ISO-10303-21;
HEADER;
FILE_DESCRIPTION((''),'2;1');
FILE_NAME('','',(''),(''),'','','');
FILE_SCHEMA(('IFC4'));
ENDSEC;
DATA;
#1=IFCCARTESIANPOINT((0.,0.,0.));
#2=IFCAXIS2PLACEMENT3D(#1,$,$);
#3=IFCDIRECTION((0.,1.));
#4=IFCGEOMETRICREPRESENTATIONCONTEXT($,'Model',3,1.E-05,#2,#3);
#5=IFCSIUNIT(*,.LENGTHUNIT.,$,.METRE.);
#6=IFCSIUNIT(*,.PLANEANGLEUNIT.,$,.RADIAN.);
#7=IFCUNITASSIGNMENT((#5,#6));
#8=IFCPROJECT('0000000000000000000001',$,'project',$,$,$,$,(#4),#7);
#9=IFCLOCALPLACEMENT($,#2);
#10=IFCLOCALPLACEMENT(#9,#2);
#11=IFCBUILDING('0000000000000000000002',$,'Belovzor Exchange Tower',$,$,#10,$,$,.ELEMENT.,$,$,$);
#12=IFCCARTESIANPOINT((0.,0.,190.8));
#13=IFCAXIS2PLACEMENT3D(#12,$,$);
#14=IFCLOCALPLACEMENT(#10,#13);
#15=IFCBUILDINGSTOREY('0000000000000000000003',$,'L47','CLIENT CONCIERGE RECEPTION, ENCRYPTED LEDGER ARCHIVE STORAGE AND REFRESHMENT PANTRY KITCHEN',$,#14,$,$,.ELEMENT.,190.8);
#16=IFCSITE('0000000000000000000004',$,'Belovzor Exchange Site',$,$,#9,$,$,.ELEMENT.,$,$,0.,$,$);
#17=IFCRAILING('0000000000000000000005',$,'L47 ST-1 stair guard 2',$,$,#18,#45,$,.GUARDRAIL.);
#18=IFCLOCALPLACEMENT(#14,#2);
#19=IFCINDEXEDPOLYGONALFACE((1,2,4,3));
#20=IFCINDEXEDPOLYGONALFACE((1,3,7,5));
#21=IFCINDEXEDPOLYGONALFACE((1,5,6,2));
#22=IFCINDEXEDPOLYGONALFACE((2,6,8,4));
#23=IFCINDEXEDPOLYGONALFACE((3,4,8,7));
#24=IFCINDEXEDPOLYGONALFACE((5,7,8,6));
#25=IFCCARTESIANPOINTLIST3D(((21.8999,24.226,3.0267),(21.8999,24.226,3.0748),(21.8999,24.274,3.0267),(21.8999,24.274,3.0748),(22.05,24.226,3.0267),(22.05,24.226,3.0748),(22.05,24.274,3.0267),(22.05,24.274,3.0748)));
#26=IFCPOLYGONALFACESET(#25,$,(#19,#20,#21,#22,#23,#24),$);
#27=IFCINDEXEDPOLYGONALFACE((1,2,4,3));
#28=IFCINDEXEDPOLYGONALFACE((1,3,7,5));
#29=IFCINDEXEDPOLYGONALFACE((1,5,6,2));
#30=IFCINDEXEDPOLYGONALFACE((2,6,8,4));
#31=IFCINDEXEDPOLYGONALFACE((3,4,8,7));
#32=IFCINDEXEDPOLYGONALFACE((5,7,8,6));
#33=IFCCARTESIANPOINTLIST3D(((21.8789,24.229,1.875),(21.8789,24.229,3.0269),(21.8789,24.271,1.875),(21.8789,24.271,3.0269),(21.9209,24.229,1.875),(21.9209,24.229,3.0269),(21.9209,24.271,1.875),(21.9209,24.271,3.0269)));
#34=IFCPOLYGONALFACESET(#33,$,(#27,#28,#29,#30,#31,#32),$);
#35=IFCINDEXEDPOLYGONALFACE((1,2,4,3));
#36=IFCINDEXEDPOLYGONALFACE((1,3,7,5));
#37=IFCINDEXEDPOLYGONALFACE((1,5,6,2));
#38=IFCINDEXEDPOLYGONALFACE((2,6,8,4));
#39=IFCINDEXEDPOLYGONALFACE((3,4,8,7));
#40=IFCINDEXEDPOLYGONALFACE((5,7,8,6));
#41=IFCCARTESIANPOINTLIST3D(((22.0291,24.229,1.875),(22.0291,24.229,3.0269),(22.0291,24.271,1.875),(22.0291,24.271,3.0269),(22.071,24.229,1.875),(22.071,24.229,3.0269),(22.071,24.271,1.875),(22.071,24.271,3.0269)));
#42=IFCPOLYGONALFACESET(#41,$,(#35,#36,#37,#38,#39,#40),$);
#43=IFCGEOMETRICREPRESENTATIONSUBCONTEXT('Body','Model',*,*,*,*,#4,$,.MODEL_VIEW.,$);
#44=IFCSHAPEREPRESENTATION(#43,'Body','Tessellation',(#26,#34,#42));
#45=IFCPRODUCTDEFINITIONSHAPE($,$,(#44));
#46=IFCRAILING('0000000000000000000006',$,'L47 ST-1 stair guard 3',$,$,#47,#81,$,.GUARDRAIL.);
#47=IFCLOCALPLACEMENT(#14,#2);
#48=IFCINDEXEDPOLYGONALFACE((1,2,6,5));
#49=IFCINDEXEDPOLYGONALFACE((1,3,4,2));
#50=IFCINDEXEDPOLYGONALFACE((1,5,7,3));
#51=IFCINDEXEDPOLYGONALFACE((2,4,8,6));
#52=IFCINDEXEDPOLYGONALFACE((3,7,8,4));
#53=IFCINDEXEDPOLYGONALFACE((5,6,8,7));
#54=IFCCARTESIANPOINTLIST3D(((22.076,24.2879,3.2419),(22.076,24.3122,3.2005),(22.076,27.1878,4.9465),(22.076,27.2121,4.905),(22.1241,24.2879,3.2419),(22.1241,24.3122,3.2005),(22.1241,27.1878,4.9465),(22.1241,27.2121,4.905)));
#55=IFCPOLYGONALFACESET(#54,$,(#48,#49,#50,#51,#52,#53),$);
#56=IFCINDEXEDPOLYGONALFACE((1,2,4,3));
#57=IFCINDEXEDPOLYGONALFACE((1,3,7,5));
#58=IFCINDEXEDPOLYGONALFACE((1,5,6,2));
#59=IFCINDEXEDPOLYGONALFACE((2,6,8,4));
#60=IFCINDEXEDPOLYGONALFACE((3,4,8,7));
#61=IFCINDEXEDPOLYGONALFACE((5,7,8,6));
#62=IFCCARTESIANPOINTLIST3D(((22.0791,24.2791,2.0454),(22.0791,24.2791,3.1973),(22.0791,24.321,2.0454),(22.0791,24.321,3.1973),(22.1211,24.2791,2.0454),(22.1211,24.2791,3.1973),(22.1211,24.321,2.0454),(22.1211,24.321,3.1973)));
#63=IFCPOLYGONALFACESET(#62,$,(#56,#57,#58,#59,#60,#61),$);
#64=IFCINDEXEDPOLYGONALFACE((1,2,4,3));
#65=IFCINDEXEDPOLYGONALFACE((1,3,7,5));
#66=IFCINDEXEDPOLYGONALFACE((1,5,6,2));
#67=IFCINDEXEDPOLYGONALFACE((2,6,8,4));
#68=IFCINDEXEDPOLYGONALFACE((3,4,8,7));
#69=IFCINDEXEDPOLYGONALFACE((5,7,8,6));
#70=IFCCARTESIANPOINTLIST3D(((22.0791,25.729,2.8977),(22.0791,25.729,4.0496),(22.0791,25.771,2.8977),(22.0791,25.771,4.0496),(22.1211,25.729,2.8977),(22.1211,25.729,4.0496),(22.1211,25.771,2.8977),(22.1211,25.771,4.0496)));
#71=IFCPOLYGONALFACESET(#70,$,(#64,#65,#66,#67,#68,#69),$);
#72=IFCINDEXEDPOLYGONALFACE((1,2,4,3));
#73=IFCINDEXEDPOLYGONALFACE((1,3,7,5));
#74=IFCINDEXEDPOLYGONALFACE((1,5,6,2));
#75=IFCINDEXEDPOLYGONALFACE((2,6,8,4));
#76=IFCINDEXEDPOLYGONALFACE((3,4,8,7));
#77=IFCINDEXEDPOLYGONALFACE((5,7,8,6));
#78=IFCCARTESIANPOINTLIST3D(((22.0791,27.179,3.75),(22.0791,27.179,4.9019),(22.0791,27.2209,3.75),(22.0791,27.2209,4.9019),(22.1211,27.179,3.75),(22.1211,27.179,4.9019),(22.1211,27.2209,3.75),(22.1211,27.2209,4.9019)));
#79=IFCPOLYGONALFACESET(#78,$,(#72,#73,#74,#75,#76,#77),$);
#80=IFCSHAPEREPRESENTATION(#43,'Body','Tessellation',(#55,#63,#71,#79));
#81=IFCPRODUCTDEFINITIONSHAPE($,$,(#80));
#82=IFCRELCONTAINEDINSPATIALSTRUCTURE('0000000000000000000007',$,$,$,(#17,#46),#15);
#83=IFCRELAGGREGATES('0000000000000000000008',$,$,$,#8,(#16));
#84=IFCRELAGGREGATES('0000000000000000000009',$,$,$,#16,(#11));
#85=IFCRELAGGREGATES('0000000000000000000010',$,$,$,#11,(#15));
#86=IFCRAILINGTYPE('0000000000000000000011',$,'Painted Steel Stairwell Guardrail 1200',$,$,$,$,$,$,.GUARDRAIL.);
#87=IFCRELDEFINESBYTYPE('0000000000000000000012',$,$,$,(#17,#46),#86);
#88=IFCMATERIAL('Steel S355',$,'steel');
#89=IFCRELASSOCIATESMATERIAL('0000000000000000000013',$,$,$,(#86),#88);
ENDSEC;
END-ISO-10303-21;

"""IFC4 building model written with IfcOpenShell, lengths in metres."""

from ifc_helpers import new_model, si_unit, direction, frame, origin, origin_2d, place, context, subcontext, project, spatial, rectangle, extrude, material, type_object, element, save


model = new_model("IFC4")

# Units and contexts
model_context = context("Model", 3, precision=1e-05, world=origin(), true_north=direction((0.0, 1.0)))
body_context = subcontext(model_context, "Body", "Model", "MODEL_VIEW")
ifc_project = project(units=[si_unit("LENGTHUNIT", "METRE"), si_unit("PLANEANGLEUNIT", "RADIAN")], contexts=[model_context])

# Site, building, storey
site_placement = place(None, origin())
site = spatial("IfcSite", under=ifc_project, at=site_placement, Name="Belovzor Exchange Site", CompositionType="ELEMENT", RefElevation=0.0)
building_placement = place(site_placement, origin())
building = spatial("IfcBuilding", under=site, at=building_placement, Name="Belovzor Exchange Tower", CompositionType="ELEMENT")
storey_placement = place(building_placement, frame((0.0, 0.0, 190.8)))
storey = spatial("IfcBuildingStorey", under=building, at=storey_placement, Name="L47", Description="CLIENT CONCIERGE RECEPTION, ENCRYPTED LEDGER ARCHIVE STORAGE AND REFRESHMENT PANTRY KITCHEN", CompositionType="ELEMENT", Elevation=190.8)

# Railings
ifc_material_1 = material(Name="Steel S355", Category="steel")
railing_type_1 = type_object("IfcRailingType", Name="Painted Steel Stairwell Guardrail 1200", PredefinedType="GUARDRAIL", material=ifc_material_1)
railing_1_placement = place(storey_placement, frame((21.8999, 24.25, 1.875)))
element("IfcRailing", 1, at=railing_1_placement, inside=storey, type_object=railing_type_1, Name="L47 ST-1 stair guard 2", PredefinedType="GUARDRAIL", context=body_context, shape_type="SweptSolid", body=[
    extrude(rectangle(XDim=0.0481, YDim=0.0481, at=origin_2d()), frame((0.0, 0.0, 1.1758), z_axis=(1.0, 0.0, 0.0), x_axis=(0.0, 1.0, 0.0)), (0.0, 0.0, 1.0), 0.1501),
    extrude(rectangle(XDim=0.042, YDim=0.042, at=origin_2d()), origin(), (0.0, 0.0, 1.0), 1.1519),
    extrude(rectangle(XDim=0.042, YDim=0.042, at=origin_2d()), frame((0.1501, 0.0, 0.0)), (0.0, 0.0, 1.0), 1.1519),
])
railing_2_placement = place(storey_placement, frame((22.1001, 24.3, 2.0454)))
element("IfcRailing", 2, at=railing_2_placement, inside=storey, type_object=railing_type_1, Name="L47 ST-1 stair guard 3", PredefinedType="GUARDRAIL", context=body_context, shape_type="SweptSolid", body=[
    extrude(rectangle(XDim=0.0481, YDim=0.0481, at=origin_2d()), frame((0.0, 0.0, 1.1758), z_axis=(0.0, 0.862095, 0.506747), x_axis=(-1.0, 0.0, 0.0)), (0.0, 0.0, 1.0), 3.3638),
    extrude(rectangle(XDim=0.042, YDim=0.042, at=origin_2d()), origin(), (0.0, 0.0, 1.0), 1.1519),
    extrude(rectangle(XDim=0.042, YDim=0.042, at=origin_2d()), frame((0.0, 1.45, 0.8523)), (0.0, 0.0, 1.0), 1.1519),
    extrude(rectangle(XDim=0.042, YDim=0.042, at=origin_2d()), frame((0.0, 2.8999, 1.7046)), (0.0, 0.0, 1.0), 1.1519),
])

save(model, "model.ifc")
